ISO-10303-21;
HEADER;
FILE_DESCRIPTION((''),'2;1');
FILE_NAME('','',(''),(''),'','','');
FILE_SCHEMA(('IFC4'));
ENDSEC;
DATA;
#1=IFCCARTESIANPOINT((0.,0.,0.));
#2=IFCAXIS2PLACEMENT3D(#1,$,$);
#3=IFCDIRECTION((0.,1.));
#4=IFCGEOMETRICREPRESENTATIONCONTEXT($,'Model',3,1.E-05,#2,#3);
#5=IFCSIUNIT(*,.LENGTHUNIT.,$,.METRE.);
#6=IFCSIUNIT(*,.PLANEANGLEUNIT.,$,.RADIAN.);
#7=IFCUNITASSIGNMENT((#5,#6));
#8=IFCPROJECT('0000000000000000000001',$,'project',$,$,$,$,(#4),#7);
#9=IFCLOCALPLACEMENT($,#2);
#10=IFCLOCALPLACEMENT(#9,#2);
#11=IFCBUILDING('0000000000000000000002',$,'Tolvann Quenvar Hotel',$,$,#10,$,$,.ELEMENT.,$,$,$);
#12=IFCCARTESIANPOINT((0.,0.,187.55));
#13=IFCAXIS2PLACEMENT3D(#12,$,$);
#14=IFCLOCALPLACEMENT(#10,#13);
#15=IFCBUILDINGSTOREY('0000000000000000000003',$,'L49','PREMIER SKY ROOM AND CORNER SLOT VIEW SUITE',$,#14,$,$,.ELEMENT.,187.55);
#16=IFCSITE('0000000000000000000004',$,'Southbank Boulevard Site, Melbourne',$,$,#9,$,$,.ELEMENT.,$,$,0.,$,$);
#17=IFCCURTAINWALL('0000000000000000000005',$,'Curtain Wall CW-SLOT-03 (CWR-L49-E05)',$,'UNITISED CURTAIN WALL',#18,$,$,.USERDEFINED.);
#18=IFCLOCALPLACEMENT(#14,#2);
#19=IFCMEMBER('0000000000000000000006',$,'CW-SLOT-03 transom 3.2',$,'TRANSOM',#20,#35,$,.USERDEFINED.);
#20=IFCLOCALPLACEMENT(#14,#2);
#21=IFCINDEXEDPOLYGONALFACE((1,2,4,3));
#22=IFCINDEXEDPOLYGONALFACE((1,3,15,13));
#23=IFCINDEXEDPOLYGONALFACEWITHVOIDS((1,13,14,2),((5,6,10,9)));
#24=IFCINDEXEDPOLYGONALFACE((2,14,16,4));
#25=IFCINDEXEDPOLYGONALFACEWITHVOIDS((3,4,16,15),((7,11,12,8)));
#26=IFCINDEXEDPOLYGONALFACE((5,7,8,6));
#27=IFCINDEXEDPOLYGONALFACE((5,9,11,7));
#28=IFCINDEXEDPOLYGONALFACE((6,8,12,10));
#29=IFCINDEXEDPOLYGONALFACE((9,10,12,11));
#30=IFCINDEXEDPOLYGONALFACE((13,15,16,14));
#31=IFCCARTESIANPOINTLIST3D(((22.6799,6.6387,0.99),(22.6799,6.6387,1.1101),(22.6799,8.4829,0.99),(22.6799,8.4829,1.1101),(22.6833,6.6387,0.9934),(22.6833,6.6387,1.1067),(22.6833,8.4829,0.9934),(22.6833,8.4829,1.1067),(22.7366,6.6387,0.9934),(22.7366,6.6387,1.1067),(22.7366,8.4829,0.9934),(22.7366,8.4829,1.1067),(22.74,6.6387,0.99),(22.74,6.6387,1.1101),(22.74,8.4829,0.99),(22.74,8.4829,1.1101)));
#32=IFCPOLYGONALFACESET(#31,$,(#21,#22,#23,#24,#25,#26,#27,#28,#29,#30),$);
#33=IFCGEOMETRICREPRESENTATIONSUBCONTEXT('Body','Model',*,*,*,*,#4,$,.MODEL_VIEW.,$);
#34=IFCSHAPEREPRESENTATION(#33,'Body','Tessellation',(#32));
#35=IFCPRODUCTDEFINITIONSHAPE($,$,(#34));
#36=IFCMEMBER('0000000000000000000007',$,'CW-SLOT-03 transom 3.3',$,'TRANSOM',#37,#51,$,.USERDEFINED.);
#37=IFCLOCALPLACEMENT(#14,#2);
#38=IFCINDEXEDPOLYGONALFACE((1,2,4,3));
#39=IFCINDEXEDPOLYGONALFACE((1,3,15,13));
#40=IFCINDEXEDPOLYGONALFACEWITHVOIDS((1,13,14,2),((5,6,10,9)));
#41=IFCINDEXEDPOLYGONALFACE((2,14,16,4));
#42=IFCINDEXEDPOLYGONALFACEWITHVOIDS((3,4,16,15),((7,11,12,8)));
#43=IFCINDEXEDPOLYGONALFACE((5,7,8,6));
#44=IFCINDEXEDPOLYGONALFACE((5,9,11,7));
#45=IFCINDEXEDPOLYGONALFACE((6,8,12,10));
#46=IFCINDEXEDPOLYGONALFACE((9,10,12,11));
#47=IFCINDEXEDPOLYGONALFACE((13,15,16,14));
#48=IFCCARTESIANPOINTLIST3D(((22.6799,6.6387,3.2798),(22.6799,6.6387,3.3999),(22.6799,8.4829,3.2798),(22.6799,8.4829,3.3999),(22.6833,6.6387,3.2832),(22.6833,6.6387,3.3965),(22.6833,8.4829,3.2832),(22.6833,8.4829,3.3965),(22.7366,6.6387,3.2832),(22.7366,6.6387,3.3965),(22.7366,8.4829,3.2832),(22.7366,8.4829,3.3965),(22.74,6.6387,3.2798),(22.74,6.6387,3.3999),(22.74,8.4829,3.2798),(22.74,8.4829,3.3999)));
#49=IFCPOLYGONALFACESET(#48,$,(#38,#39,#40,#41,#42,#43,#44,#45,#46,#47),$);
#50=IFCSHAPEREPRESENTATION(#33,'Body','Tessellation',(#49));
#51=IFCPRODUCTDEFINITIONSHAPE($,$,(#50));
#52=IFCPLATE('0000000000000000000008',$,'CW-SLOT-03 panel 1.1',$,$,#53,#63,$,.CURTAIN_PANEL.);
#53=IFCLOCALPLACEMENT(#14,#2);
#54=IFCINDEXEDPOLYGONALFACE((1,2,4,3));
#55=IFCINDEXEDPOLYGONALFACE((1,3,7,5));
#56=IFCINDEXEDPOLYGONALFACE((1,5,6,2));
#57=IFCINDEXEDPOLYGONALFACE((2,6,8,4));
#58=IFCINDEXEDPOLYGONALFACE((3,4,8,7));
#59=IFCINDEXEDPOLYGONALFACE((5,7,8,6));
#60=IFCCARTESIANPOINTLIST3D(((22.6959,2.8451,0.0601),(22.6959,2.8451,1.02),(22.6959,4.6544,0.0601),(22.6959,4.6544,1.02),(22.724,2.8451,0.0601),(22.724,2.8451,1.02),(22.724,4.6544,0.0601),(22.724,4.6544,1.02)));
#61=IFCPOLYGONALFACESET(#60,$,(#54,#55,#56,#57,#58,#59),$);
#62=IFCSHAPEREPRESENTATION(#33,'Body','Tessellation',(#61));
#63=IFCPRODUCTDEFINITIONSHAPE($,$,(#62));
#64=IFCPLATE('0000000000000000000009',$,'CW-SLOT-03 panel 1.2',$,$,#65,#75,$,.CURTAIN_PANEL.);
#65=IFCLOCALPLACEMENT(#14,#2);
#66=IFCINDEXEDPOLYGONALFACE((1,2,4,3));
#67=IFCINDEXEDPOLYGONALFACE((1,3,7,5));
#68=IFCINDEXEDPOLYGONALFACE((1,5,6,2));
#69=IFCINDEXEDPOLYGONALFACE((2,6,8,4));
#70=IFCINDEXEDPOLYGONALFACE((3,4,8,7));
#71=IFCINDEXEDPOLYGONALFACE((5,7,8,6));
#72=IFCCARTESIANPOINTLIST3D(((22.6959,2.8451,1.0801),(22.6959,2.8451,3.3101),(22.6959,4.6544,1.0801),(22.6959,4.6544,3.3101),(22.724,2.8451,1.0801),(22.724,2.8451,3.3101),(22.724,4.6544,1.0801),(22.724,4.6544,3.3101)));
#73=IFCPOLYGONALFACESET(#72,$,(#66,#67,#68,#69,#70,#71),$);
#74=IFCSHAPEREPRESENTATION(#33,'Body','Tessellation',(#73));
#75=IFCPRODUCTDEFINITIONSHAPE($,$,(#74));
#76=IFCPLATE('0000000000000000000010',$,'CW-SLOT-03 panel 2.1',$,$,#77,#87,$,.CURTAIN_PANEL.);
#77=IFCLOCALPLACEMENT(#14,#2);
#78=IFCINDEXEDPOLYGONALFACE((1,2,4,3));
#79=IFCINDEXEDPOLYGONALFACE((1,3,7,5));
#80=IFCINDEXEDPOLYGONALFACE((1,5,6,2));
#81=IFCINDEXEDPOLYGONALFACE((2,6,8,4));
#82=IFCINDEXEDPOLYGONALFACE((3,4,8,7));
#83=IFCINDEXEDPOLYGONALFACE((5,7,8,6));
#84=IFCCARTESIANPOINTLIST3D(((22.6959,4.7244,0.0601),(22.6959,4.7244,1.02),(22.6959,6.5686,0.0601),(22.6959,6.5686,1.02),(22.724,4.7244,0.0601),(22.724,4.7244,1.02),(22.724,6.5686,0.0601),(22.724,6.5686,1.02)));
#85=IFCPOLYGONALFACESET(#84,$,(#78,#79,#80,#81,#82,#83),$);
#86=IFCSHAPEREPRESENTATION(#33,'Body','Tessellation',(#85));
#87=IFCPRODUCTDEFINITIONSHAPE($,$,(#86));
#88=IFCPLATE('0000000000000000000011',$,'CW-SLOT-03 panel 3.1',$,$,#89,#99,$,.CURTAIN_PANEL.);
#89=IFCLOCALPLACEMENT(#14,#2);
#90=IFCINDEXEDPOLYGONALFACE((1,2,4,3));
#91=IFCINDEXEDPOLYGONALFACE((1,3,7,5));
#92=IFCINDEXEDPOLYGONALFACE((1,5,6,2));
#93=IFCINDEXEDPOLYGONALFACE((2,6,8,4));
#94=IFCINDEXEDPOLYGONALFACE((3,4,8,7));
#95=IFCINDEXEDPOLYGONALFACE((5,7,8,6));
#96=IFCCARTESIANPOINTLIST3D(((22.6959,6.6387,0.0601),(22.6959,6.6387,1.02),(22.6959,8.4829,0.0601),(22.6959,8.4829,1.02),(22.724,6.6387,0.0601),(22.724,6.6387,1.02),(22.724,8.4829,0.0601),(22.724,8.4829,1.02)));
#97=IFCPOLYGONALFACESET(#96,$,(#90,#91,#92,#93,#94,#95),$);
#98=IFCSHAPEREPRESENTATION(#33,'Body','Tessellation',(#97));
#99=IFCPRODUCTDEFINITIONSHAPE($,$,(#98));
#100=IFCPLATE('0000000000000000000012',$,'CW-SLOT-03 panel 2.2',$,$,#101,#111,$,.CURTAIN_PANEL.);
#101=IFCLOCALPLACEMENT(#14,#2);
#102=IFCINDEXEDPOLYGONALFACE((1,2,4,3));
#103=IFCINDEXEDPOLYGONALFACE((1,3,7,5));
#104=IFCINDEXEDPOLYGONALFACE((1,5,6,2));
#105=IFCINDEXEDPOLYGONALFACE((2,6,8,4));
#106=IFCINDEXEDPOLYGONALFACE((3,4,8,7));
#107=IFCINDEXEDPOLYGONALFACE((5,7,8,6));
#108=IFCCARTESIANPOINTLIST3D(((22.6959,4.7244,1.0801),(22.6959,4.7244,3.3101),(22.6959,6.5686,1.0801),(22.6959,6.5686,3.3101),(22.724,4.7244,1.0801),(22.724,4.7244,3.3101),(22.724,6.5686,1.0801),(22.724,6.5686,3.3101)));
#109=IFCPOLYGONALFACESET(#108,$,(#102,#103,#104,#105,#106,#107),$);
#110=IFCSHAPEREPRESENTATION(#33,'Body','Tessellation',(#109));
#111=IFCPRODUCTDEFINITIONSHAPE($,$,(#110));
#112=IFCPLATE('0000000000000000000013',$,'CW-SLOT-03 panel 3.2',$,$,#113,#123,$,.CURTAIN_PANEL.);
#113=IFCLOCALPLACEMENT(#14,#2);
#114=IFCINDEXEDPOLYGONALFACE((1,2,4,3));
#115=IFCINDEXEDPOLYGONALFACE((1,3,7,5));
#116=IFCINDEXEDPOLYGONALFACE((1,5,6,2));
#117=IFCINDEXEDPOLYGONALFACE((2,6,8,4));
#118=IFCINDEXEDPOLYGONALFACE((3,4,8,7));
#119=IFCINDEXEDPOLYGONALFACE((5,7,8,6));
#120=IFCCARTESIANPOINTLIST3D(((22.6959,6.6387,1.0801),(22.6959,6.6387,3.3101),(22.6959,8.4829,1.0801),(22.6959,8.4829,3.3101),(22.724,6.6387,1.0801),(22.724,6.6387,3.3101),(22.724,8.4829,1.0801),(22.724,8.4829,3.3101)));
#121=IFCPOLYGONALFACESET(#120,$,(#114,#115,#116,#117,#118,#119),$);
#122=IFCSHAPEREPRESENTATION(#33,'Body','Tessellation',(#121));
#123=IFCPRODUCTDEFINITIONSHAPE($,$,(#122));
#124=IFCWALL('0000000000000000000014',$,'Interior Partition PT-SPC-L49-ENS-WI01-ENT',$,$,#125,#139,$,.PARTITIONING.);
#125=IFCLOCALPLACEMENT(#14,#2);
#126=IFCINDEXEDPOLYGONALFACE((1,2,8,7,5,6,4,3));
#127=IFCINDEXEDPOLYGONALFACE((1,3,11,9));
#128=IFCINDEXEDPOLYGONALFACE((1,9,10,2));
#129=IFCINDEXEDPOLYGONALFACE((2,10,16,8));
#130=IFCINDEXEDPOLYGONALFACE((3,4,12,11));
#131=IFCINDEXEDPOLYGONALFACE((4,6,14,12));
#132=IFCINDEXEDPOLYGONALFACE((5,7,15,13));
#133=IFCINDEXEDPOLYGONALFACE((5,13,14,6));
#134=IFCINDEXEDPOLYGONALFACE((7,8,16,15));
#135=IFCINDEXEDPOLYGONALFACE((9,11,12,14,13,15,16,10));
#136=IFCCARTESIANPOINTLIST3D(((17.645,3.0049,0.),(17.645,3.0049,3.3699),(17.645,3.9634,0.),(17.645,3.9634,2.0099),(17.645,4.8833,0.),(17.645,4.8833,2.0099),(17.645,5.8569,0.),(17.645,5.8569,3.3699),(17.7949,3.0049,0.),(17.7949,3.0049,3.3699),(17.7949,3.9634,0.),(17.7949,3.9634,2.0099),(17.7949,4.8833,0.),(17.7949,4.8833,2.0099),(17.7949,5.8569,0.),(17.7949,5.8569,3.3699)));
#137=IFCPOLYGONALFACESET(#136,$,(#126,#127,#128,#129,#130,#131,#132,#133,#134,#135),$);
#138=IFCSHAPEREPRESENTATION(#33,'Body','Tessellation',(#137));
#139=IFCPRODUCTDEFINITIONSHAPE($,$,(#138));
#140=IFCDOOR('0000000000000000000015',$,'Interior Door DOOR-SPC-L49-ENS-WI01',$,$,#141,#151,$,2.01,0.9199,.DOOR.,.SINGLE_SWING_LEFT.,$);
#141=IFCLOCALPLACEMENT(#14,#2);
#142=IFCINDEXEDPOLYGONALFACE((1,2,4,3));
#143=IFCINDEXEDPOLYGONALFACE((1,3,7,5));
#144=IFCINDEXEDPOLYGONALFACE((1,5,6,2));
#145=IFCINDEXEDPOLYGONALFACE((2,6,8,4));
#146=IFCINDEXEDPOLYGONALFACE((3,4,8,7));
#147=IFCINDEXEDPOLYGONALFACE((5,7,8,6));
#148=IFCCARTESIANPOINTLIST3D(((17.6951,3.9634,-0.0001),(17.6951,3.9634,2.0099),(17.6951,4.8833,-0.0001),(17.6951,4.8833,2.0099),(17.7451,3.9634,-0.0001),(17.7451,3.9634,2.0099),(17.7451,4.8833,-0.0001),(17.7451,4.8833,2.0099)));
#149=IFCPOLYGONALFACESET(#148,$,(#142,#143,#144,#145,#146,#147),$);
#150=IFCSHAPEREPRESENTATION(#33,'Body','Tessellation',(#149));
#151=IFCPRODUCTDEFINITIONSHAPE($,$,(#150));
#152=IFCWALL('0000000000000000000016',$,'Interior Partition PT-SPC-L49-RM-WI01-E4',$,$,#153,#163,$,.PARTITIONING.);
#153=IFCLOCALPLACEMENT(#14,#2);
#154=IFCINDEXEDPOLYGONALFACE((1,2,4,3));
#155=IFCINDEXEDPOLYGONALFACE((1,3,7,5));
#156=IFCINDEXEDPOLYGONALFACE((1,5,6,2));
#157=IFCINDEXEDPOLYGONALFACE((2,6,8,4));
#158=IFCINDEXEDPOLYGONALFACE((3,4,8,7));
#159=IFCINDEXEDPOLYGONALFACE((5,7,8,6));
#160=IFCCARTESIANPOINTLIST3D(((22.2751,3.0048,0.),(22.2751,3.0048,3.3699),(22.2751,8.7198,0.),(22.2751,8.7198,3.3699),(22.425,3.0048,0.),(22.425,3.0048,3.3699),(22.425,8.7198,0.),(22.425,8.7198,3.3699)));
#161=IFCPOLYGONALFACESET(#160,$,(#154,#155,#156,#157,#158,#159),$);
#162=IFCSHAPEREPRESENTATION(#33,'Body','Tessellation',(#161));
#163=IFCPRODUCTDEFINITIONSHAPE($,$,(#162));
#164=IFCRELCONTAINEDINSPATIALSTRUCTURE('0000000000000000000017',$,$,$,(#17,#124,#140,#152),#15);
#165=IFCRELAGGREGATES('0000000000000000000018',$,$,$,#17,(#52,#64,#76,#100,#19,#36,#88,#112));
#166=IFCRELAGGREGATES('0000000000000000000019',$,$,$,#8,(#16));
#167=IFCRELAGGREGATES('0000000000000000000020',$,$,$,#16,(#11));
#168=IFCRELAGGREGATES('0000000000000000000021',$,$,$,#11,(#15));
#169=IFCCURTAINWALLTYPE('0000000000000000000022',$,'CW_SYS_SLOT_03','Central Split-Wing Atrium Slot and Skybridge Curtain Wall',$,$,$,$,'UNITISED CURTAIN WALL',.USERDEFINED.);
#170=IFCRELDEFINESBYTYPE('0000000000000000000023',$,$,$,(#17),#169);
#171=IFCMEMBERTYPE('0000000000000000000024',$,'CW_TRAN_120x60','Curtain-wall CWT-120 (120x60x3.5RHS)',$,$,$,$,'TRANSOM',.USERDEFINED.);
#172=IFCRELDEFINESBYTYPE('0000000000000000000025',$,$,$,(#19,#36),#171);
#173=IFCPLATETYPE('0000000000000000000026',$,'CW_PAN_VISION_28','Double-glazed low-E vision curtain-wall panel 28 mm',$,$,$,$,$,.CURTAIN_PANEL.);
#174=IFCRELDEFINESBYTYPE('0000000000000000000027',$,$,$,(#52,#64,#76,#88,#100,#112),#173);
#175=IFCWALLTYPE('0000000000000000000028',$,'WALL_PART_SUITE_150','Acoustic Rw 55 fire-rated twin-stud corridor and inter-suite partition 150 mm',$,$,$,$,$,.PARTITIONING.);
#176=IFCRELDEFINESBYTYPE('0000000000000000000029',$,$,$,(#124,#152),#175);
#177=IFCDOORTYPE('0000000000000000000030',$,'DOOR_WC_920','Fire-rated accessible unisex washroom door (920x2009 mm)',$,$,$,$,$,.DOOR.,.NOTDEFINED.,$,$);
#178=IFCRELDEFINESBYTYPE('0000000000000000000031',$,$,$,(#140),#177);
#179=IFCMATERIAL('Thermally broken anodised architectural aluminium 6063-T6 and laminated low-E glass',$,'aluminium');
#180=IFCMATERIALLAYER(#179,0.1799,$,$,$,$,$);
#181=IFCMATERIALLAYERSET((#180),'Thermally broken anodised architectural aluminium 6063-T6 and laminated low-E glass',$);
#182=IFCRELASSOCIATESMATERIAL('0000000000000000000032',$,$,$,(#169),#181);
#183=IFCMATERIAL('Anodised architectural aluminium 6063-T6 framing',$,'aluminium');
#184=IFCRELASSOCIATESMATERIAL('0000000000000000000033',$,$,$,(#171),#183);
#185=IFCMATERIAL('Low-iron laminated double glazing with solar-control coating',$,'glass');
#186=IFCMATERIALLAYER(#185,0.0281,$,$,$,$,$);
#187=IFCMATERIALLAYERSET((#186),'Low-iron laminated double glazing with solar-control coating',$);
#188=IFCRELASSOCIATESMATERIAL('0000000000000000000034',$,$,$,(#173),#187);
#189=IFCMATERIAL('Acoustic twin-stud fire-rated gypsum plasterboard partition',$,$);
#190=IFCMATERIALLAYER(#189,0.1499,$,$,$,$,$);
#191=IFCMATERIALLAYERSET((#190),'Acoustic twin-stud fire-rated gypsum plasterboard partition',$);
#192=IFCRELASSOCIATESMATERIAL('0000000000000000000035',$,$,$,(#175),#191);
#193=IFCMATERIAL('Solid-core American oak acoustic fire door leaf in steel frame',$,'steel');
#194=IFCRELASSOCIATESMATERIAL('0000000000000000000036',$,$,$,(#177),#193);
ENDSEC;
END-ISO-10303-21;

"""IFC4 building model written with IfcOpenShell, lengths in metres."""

from ifc_helpers import new_model, si_unit, direction, frame, frame_2d, origin, origin_2d, place, context, subcontext, project, spatial, rectangle, hollow_rectangle, extrude, source, transform, mapped, material, layer, layer_set, material_profile, profile_set, type_object, type_shapes, element, fill, aggregate, save


model = new_model("IFC4")

# Units and contexts
model_context = context("Model", 3, precision=1e-05, world=origin(), true_north=direction((0.0, 1.0)))
body_context = subcontext(model_context, "Body", "Model", "MODEL_VIEW")
ifc_project = project(units=[si_unit("LENGTHUNIT", "METRE"), si_unit("PLANEANGLEUNIT", "RADIAN")], contexts=[model_context])

# Site, building, storey
site_placement = place(None, origin())
site = spatial("IfcSite", under=ifc_project, at=site_placement, Name="Southbank Boulevard Site, Melbourne", CompositionType="ELEMENT", RefElevation=0.0)
building_placement = place(site_placement, origin())
building = spatial("IfcBuilding", under=site, at=building_placement, Name="Tolvann Quenvar Hotel", CompositionType="ELEMENT")
storey_placement = place(building_placement, frame((0.0, 0.0, 187.55)))
storey = spatial("IfcBuildingStorey", under=building, at=storey_placement, Name="L49", Description="PREMIER SKY ROOM AND CORNER SLOT VIEW SUITE", CompositionType="ELEMENT", Elevation=187.55)

# Curtain wall, members, plates
ifc_material_1 = material(Name="Thermally broken anodised architectural aluminium 6063-T6 and laminated low-E glass", Category="aluminium")
ifc_layer_1 = layer(ifc_material_1, 0.1799)
ifc_layer_set_1 = layer_set([ifc_layer_1], Name="Thermally broken anodised architectural aluminium 6063-T6 and laminated low-E glass")
curtain_wall_type = type_object("IfcCurtainWallType", Name="CW_SYS_SLOT_03", Description="Central Split-Wing Atrium Slot and Skybridge Curtain Wall", ElementType="UNITISED CURTAIN WALL", PredefinedType="USERDEFINED", material=ifc_layer_set_1)
curtain_wall_placement = place(storey_placement, origin())
curtain_wall = element("IfcCurtainWall", 1, at=curtain_wall_placement, inside=storey, type_object=curtain_wall_type, Name="Curtain Wall CW-SLOT-03 (CWR-L49-E05)", ObjectType="UNITISED CURTAIN WALL", PredefinedType="USERDEFINED")
ifc_material_2 = material(Name="Anodised architectural aluminium 6063-T6 framing", Category="aluminium")
ifc_material_profile_1 = material_profile(ifc_material_2, hollow_rectangle(XDim=0.0601, YDim=0.1201, WallThickness=0.0034, at=origin_2d()), Name="120x60x3.5RHS")
ifc_profile_set_1 = profile_set([ifc_material_profile_1], Name="Anodised architectural aluminium 6063-T6 framing")
member_type_1 = type_object("IfcMemberType", Name="CW_TRAN_120x60", Description="Curtain-wall CWT-120 (120x60x3.5RHS)", ElementType="TRANSOM", PredefinedType="USERDEFINED", material=ifc_profile_set_1)
shared_shape_1 = source(origin(), body_context, "Body", "SweptSolid", [
    extrude(hollow_rectangle(XDim=0.0601, YDim=0.1201, WallThickness=0.0034, at=origin_2d()), origin(), (0.0, 0.0, 1.0), 1.8442),
])
member_1_placement = place(storey_placement, frame((22.71, 6.6387, 1.05), z_axis=(0.0, 1.0, 0.0), x_axis=(-1.0, 0.0, 0.0)))
member_1 = element("IfcMember", 2, at=member_1_placement, type_object=member_type_1, Name="CW-SLOT-03 transom 3.2", ObjectType="TRANSOM", PredefinedType="USERDEFINED", context=body_context, shape_type="MappedRepresentation", body=[
    mapped(shared_shape_1, transform((0.0, 0.0, 0.0), x_axis=(1.0, 0.0, 0.0), y_axis=(0.0, 1.0, 0.0), z_axis=(0.0, 0.0, 1.0), scale=1.0)),
])
member_2_placement = place(storey_placement, frame((22.71, 6.6387, 3.3398), z_axis=(0.0, 1.0, 0.0), x_axis=(-1.0, 0.0, 0.0)))
member_2 = element("IfcMember", 3, at=member_2_placement, type_object=member_type_1, Name="CW-SLOT-03 transom 3.3", ObjectType="TRANSOM", PredefinedType="USERDEFINED", context=body_context, shape_type="MappedRepresentation", body=[
    mapped(shared_shape_1, transform((0.0, 0.0, 0.0), x_axis=(1.0, 0.0, 0.0), y_axis=(0.0, 1.0, 0.0), z_axis=(0.0, 0.0, 1.0), scale=1.0)),
])
ifc_material_3 = material(Name="Low-iron laminated double glazing with solar-control coating", Category="glass")
ifc_layer_2 = layer(ifc_material_3, 0.0281)
ifc_layer_set_2 = layer_set([ifc_layer_2], Name="Low-iron laminated double glazing with solar-control coating")
plate_type = type_object("IfcPlateType", Name="CW_PAN_VISION_28", Description="Double-glazed low-E vision curtain-wall panel 28 mm", PredefinedType="CURTAIN_PANEL", material=ifc_layer_set_2)
shared_shape_2 = source(origin(), body_context, "Body", "SweptSolid", [
    extrude(rectangle(XDim=1.8093, YDim=0.0281, at=origin_2d()), origin(), (0.0, 0.0, 1.0), 0.96),
])
plate_1_placement = place(storey_placement, frame((22.71, 3.7498, 0.0601), z_axis=(0.0, 0.0, 1.0), x_axis=(0.0, 1.0, 0.0)))
plate_1 = element("IfcPlate", 4, at=plate_1_placement, type_object=plate_type, Name="CW-SLOT-03 panel 1.1", PredefinedType="CURTAIN_PANEL", context=body_context, shape_type="MappedRepresentation", body=[
    mapped(shared_shape_2, transform((0.0, 0.0, 0.0), x_axis=(1.0, 0.0, 0.0), y_axis=(0.0, 1.0, 0.0), z_axis=(0.0, 0.0, 1.0), scale=1.0)),
])
shared_shape_3 = source(origin(), body_context, "Body", "SweptSolid", [
    extrude(rectangle(XDim=1.8093, YDim=0.0281, at=origin_2d()), origin(), (0.0, 0.0, 1.0), 2.23),
])
plate_2_placement = place(storey_placement, frame((22.71, 3.7498, 1.0801), z_axis=(0.0, 0.0, 1.0), x_axis=(0.0, 1.0, 0.0)))
plate_2 = element("IfcPlate", 5, at=plate_2_placement, type_object=plate_type, Name="CW-SLOT-03 panel 1.2", PredefinedType="CURTAIN_PANEL", context=body_context, shape_type="MappedRepresentation", body=[
    mapped(shared_shape_3, transform((0.0, 0.0, 0.0), x_axis=(1.0, 0.0, 0.0), y_axis=(0.0, 1.0, 0.0), z_axis=(0.0, 0.0, 1.0), scale=1.0)),
])
shared_shape_4 = source(origin(), body_context, "Body", "SweptSolid", [
    extrude(rectangle(XDim=1.8442, YDim=0.0281, at=origin_2d()), origin(), (0.0, 0.0, 1.0), 0.96),
])
plate_3_placement = place(storey_placement, frame((22.71, 5.6465, 0.0601), z_axis=(0.0, 0.0, 1.0), x_axis=(0.0, 1.0, 0.0)))
plate_3 = element("IfcPlate", 6, at=plate_3_placement, type_object=plate_type, Name="CW-SLOT-03 panel 2.1", PredefinedType="CURTAIN_PANEL", context=body_context, shape_type="MappedRepresentation", body=[
    mapped(shared_shape_4, transform((0.0, 0.0, 0.0), x_axis=(1.0, 0.0, 0.0), y_axis=(0.0, 1.0, 0.0), z_axis=(0.0, 0.0, 1.0), scale=1.0)),
])
plate_4_placement = place(storey_placement, frame((22.71, 7.5608, 0.0601), z_axis=(0.0, 0.0, 1.0), x_axis=(0.0, 1.0, 0.0)))
plate_4 = element("IfcPlate", 7, at=plate_4_placement, type_object=plate_type, Name="CW-SLOT-03 panel 3.1", PredefinedType="CURTAIN_PANEL", context=body_context, shape_type="MappedRepresentation", body=[
    mapped(shared_shape_4, transform((0.0, 0.0, 0.0), x_axis=(1.0, 0.0, 0.0), y_axis=(0.0, 1.0, 0.0), z_axis=(0.0, 0.0, 1.0), scale=1.0)),
])
shared_shape_5 = source(origin(), body_context, "Body", "SweptSolid", [
    extrude(rectangle(XDim=1.8442, YDim=0.0281, at=origin_2d()), origin(), (0.0, 0.0, 1.0), 2.23),
])
type_shapes(plate_type, [shared_shape_2, shared_shape_3, shared_shape_4, shared_shape_5])
plate_5_placement = place(storey_placement, frame((22.71, 5.6465, 1.0801), z_axis=(0.0, 0.0, 1.0), x_axis=(0.0, 1.0, 0.0)))
plate_5 = element("IfcPlate", 8, at=plate_5_placement, type_object=plate_type, Name="CW-SLOT-03 panel 2.2", PredefinedType="CURTAIN_PANEL", context=body_context, shape_type="MappedRepresentation", body=[
    mapped(shared_shape_5, transform((0.0, 0.0, 0.0), x_axis=(1.0, 0.0, 0.0), y_axis=(0.0, 1.0, 0.0), z_axis=(0.0, 0.0, 1.0), scale=1.0)),
])
plate_6_placement = place(storey_placement, frame((22.71, 7.5608, 1.0801), z_axis=(0.0, 0.0, 1.0), x_axis=(0.0, 1.0, 0.0)))
plate_6 = element("IfcPlate", 9, at=plate_6_placement, type_object=plate_type, Name="CW-SLOT-03 panel 3.2", PredefinedType="CURTAIN_PANEL", context=body_context, shape_type="MappedRepresentation", body=[
    mapped(shared_shape_5, transform((0.0, 0.0, 0.0), x_axis=(1.0, 0.0, 0.0), y_axis=(0.0, 1.0, 0.0), z_axis=(0.0, 0.0, 1.0), scale=1.0)),
])
aggregate(curtain_wall, [plate_1, plate_2, plate_3, plate_5, member_1, member_2, plate_4, plate_6])

# Wall, opening, door
ifc_material_4 = material(Name="Acoustic twin-stud fire-rated gypsum plasterboard partition")
ifc_layer_3 = layer(ifc_material_4, 0.1499)
ifc_layer_set_3 = layer_set([ifc_layer_3], Name="Acoustic twin-stud fire-rated gypsum plasterboard partition")
wall_type = type_object("IfcWallType", Name="WALL_PART_SUITE_150", Description="Acoustic Rw 55 fire-rated twin-stud corridor and inter-suite partition 150 mm", PredefinedType="PARTITIONING", material=ifc_layer_set_3)
wall_1_placement = place(storey_placement, frame((17.72, 3.0049, 0.0), z_axis=(0.0, 0.0, 1.0), x_axis=(0.0, 1.0, 0.0)))
wall_1 = element("IfcWall", 10, at=wall_1_placement, inside=storey, type_object=wall_type, Name="Interior Partition PT-SPC-L49-ENS-WI01-ENT", PredefinedType="PARTITIONING", context=body_context, shape_type="SweptSolid", body=[
    extrude(rectangle(XDim=2.8521, YDim=0.1499, at=frame_2d((1.426, 0.0))), origin(), (0.0, 0.0, 1.0), 3.3699),
])
opening_placement = place(wall_1_placement, frame((0.9585, 0.0, 0.0)))
opening = element("IfcOpeningElement", 11, at=opening_placement, cuts=wall_1, PredefinedType="OPENING", context=body_context, shape_type="SweptSolid", body=[
    extrude(rectangle(XDim=0.9199, YDim=2.01, at=frame_2d((0.46, 1.0049))), frame((0.0, 0.085, 0.0), z_axis=(0.0, -1.0, 0.0), x_axis=(1.0, 0.0, 0.0)), (0.0, 0.0, 1.0), 0.1699),
])
ifc_material_5 = material(Name="Solid-core American oak acoustic fire door leaf in steel frame", Category="steel")
door_type = type_object("IfcDoorType", Name="DOOR_WC_920", Description="Fire-rated accessible unisex washroom door (920x2009 mm)", OperationType="NOTDEFINED", PredefinedType="DOOR", material=ifc_material_5)
shared_shape_6 = source(origin(), body_context, "Body", "SweptSolid", [
    extrude(rectangle(XDim=0.9199, YDim=2.01, at=frame_2d((0.46, 1.0049))), frame((0.0, 0.0249, 0.0), z_axis=(0.0, -1.0, 0.0), x_axis=(1.0, 0.0, 0.0)), (0.0, 0.0, 1.0), 0.05),
])
type_shapes(door_type, [shared_shape_6])
door_placement = place(opening_placement, origin())
door = element("IfcDoor", 12, at=door_placement, inside=storey, type_object=door_type, Name="Interior Door DOOR-SPC-L49-ENS-WI01", OperationType="SINGLE_SWING_LEFT", OverallHeight=2.01, OverallWidth=0.9199, PredefinedType="DOOR", context=body_context, shape_type="MappedRepresentation", body=[
    mapped(shared_shape_6, transform((0.0, 0.0, 0.0), x_axis=(1.0, 0.0, 0.0), y_axis=(0.0, 1.0, 0.0), z_axis=(0.0, 0.0, 1.0), scale=1.0)),
])
fill(opening, door)

# Wall
wall_2_placement = place(storey_placement, frame((22.3501, 3.0049, 0.0), z_axis=(0.0, 0.0, 1.0), x_axis=(0.0, 1.0, 0.0)))
element("IfcWall", 13, at=wall_2_placement, inside=storey, type_object=wall_type, Name="Interior Partition PT-SPC-L49-RM-WI01-E4", PredefinedType="PARTITIONING", context=body_context, shape_type="SweptSolid", body=[
    extrude(rectangle(XDim=5.7151, YDim=0.1499, at=frame_2d((2.8574, 0.0))), origin(), (0.0, 0.0, 1.0), 3.3699),
])

save(model, "model.ifc")
